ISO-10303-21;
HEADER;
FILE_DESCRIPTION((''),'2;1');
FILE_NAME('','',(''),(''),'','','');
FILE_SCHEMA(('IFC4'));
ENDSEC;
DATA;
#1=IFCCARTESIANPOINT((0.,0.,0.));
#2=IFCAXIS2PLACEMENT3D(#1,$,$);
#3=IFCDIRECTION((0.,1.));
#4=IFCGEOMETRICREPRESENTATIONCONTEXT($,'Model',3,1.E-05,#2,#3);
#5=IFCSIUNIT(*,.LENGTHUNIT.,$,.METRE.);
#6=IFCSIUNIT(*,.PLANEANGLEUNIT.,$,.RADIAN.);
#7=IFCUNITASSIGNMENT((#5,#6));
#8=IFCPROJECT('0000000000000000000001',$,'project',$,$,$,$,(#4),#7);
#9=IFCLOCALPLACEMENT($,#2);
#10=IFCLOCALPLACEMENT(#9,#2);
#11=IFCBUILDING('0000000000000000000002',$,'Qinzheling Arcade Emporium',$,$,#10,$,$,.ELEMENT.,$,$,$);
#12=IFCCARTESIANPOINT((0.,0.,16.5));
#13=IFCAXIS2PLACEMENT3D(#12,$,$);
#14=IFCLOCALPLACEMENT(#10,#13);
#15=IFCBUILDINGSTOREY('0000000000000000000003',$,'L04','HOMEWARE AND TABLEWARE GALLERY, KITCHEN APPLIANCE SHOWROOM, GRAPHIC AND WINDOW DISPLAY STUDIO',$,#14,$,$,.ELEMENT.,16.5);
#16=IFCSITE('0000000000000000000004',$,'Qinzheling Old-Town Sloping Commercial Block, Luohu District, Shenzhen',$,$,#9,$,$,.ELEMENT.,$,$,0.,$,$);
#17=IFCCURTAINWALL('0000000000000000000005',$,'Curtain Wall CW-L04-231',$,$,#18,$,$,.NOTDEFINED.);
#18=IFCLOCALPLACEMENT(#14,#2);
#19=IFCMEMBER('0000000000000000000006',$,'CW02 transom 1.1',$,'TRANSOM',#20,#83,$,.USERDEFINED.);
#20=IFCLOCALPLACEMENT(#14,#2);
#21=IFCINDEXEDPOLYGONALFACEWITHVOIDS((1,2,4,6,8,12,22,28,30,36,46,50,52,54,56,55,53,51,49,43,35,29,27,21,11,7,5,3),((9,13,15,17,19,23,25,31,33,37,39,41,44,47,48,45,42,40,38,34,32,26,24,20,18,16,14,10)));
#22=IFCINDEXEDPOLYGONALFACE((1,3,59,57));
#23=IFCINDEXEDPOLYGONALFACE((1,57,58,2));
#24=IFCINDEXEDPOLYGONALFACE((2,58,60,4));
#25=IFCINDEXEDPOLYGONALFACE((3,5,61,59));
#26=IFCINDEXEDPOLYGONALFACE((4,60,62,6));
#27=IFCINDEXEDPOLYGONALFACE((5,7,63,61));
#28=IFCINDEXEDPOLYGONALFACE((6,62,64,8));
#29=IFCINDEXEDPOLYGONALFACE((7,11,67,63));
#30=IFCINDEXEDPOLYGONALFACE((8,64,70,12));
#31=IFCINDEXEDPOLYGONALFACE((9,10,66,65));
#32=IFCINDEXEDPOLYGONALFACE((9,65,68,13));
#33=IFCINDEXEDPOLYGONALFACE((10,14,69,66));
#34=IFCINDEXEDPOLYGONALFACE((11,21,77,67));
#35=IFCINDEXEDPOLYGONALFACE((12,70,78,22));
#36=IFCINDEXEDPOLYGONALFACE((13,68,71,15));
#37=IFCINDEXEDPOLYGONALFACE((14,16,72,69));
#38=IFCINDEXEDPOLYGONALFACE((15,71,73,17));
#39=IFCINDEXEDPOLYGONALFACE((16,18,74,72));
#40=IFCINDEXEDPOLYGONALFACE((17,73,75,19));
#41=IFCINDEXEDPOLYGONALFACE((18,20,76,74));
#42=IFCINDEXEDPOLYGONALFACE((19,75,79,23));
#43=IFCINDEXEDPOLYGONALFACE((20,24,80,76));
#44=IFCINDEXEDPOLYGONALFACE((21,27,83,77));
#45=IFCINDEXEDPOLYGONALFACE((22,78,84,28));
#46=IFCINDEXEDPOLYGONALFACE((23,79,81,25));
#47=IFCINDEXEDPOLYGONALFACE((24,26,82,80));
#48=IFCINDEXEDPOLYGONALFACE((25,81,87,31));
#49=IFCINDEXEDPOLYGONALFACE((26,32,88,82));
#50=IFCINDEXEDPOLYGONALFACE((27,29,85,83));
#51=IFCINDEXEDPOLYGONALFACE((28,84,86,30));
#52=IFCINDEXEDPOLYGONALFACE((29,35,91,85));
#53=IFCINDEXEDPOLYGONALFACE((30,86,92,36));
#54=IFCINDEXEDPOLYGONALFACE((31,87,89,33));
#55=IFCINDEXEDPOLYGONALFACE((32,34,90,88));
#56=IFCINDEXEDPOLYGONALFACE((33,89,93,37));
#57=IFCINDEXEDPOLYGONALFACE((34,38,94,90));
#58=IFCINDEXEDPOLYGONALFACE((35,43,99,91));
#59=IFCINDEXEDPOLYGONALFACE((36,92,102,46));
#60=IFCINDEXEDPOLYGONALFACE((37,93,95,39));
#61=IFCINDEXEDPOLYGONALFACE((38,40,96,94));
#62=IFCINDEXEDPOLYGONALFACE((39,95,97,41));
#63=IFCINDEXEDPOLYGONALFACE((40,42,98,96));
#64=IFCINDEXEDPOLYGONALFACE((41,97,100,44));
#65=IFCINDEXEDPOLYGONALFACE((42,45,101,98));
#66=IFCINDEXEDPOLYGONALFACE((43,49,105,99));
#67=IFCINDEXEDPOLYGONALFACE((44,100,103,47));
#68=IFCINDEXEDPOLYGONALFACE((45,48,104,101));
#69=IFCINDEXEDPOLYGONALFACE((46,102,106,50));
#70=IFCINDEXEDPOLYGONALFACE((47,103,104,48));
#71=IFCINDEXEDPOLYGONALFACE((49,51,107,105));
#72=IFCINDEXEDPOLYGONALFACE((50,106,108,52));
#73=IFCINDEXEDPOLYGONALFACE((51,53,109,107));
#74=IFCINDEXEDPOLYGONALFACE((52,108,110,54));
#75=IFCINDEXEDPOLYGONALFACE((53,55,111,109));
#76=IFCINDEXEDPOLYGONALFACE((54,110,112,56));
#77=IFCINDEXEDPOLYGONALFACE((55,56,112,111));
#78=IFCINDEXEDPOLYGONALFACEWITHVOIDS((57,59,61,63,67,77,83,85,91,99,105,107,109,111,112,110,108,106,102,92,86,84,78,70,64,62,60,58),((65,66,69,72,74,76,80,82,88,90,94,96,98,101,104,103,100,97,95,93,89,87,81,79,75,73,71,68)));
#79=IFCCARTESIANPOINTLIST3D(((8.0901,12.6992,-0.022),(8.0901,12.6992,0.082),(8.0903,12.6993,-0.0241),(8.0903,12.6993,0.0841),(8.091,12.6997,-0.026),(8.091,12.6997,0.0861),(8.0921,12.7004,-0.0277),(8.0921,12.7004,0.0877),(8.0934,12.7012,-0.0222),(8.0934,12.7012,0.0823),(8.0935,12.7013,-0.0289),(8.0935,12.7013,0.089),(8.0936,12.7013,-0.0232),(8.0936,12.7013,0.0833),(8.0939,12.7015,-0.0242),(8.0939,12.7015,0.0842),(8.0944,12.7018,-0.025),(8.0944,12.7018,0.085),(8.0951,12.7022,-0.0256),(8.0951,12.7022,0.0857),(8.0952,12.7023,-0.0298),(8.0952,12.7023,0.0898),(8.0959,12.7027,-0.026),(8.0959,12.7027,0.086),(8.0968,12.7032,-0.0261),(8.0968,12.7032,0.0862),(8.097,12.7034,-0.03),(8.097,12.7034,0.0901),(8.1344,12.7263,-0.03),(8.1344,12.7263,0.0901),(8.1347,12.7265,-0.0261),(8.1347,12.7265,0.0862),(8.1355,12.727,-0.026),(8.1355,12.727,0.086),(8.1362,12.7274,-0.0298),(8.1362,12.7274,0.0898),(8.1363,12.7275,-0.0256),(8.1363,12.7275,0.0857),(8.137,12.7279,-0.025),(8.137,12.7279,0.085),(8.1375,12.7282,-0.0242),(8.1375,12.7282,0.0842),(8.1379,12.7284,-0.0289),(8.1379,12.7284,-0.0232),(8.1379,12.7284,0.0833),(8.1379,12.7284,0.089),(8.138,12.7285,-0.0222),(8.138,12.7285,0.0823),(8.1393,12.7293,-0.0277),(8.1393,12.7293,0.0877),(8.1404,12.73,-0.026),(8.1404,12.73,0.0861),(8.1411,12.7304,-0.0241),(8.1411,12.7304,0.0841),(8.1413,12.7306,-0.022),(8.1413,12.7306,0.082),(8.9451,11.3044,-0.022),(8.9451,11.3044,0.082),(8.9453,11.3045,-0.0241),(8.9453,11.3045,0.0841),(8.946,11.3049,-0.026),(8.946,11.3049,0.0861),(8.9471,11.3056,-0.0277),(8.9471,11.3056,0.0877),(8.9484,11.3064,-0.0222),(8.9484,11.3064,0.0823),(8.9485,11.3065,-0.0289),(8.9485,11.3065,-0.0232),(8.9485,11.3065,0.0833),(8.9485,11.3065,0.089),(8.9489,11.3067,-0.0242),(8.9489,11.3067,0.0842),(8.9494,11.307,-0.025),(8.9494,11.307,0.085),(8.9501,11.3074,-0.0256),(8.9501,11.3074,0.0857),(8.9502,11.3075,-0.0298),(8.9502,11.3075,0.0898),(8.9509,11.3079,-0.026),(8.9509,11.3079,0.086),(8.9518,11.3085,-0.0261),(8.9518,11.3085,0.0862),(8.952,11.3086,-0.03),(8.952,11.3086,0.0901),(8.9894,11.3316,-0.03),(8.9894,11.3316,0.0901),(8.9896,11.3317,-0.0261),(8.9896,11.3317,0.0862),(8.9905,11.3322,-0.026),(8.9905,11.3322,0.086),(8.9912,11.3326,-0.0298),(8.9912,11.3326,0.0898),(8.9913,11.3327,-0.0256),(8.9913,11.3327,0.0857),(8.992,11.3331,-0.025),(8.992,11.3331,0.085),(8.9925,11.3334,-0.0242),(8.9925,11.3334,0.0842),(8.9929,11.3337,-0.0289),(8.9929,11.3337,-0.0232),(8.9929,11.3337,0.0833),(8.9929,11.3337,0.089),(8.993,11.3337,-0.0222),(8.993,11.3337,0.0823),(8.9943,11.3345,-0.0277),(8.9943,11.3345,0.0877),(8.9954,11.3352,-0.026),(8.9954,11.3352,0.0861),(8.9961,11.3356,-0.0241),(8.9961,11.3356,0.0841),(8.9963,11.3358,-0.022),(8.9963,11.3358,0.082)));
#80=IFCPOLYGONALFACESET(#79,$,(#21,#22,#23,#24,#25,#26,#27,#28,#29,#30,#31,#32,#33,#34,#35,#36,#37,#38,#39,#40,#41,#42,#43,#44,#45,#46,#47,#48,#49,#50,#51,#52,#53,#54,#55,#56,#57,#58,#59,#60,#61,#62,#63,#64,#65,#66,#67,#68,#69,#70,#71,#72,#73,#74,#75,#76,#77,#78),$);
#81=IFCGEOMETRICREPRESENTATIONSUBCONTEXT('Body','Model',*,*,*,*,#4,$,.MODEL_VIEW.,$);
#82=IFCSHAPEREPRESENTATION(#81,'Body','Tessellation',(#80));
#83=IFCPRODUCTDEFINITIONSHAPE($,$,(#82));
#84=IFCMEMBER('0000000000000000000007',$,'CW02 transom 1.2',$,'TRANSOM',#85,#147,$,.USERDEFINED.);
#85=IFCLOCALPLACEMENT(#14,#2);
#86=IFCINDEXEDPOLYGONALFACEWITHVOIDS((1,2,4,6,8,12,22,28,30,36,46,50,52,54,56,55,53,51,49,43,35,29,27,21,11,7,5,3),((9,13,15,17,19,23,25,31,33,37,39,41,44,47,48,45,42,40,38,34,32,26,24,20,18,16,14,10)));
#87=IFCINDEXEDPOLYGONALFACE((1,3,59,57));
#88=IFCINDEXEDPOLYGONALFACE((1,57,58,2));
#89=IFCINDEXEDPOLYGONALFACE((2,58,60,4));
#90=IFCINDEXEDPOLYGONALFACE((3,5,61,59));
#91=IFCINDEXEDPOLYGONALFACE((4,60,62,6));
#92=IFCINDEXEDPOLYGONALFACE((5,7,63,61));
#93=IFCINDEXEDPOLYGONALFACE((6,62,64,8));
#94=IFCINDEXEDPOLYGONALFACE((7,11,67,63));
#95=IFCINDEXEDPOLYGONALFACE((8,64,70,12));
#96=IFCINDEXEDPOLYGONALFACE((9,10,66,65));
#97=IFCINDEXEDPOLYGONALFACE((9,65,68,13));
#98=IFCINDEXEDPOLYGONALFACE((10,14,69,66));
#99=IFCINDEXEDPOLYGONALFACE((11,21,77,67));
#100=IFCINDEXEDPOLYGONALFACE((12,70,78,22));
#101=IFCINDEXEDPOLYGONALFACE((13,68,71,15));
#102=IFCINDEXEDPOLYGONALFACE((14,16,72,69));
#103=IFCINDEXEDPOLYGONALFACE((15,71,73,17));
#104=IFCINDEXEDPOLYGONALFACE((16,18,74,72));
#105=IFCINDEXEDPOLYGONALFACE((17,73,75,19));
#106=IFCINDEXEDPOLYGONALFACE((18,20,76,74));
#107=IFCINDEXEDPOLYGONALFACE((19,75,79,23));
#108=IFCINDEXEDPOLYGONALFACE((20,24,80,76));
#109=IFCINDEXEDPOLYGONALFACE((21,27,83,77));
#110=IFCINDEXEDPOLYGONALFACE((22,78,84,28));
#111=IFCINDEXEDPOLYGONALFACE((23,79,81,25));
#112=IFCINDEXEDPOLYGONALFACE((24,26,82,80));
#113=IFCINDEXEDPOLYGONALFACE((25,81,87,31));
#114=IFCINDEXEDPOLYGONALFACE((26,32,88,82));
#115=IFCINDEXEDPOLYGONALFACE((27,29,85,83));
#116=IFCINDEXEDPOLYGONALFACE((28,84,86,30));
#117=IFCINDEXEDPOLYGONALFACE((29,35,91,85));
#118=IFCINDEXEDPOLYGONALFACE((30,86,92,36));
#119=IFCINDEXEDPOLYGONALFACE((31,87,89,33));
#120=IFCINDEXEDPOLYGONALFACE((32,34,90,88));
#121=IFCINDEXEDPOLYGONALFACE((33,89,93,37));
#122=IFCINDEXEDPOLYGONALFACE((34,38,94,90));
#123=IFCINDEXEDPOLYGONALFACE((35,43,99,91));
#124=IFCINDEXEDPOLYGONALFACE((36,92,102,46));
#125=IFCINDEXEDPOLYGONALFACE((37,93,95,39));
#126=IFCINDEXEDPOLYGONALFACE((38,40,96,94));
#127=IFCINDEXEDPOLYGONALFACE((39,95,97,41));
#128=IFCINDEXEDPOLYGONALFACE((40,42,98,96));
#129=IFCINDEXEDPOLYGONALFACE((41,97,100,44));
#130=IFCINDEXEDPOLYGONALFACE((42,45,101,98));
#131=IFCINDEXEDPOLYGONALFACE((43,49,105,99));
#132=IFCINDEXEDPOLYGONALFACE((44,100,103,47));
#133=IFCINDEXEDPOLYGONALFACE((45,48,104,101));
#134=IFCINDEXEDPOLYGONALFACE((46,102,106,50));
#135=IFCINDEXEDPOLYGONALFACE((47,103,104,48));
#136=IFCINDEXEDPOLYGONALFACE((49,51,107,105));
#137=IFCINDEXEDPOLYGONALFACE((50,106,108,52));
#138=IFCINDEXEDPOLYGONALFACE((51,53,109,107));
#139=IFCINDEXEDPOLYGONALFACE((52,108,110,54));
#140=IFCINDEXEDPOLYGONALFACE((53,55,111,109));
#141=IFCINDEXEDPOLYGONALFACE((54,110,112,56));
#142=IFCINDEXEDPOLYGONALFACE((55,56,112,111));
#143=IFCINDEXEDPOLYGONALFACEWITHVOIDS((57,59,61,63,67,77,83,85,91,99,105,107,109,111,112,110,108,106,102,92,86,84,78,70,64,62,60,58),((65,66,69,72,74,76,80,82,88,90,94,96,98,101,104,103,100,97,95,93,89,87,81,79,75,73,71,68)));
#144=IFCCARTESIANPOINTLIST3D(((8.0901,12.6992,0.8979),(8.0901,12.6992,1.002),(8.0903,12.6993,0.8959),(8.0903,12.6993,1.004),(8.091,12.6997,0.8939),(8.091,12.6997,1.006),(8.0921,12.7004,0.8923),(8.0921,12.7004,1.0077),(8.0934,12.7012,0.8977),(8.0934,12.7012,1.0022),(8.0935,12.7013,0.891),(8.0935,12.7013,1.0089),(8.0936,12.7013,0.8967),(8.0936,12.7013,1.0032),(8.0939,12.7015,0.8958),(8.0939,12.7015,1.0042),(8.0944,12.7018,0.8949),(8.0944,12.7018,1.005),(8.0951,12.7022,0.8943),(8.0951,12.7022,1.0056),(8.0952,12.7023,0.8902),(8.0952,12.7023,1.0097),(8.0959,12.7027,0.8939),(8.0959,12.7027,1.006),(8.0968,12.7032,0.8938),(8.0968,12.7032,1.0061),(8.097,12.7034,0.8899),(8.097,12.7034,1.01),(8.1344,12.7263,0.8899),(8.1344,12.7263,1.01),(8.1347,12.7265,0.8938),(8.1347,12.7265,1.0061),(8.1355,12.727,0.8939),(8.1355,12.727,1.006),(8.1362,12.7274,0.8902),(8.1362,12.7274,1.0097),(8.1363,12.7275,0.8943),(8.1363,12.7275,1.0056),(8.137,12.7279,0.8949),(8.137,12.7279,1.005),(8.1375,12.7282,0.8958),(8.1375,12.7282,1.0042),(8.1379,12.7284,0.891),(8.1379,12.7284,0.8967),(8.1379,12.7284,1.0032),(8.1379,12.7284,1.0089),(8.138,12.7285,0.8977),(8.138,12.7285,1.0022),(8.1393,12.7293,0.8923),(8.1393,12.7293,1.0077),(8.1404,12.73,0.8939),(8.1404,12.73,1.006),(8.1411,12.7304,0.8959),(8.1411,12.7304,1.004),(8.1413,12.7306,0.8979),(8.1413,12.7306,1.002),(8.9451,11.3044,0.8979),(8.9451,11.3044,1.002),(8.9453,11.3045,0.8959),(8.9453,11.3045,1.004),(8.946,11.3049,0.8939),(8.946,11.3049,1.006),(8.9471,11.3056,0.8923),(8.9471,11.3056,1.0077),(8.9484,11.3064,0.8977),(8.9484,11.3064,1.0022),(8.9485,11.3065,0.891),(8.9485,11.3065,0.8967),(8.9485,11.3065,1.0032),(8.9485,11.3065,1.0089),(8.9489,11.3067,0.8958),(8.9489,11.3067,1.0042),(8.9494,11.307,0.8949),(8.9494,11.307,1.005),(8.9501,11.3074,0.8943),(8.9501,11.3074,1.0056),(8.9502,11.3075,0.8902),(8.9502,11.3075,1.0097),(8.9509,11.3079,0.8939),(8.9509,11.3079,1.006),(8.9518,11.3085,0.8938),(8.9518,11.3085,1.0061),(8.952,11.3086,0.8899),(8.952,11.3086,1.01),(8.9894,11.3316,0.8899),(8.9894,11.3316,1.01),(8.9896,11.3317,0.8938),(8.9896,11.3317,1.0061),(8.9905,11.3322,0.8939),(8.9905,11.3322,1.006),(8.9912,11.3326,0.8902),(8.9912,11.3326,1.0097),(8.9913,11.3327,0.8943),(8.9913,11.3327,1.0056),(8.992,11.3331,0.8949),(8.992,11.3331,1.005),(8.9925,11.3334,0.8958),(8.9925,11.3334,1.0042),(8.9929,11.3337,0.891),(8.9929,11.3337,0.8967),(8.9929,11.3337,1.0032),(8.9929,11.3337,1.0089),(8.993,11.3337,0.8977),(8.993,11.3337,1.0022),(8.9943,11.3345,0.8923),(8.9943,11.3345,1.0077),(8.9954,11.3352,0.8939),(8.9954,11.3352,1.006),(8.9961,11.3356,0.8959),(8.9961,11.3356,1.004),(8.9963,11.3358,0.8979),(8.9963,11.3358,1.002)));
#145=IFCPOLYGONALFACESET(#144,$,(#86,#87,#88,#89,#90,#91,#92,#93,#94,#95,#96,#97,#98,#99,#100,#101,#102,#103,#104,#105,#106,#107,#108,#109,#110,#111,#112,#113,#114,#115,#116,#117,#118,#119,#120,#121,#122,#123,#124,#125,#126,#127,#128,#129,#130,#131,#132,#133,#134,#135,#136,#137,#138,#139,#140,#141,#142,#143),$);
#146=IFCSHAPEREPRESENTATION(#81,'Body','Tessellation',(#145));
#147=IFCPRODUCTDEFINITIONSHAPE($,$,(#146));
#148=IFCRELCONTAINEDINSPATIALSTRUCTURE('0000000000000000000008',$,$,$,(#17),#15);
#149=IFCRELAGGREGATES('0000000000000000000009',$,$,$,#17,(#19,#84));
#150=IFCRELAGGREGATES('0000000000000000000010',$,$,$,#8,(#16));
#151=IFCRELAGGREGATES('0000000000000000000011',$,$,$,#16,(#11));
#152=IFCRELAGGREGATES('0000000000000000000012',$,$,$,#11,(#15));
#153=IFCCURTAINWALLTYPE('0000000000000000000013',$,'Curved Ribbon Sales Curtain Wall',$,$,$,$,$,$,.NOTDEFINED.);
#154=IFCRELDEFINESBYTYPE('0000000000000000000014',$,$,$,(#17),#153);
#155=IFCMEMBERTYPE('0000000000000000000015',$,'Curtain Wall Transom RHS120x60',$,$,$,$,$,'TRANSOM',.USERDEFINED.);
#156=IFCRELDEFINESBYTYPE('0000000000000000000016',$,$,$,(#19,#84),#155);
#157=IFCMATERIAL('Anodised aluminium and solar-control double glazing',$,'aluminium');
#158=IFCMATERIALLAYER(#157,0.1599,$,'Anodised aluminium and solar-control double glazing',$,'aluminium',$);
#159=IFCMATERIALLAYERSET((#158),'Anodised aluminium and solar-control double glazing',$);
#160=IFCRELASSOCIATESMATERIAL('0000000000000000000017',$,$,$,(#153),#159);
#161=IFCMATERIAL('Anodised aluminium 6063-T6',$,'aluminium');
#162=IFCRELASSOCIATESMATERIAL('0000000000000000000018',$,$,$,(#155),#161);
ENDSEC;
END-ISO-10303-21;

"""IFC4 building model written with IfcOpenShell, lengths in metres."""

from ifc_helpers import new_model, si_unit, direction, frame, origin, origin_2d, place, context, subcontext, project, spatial, hollow_rectangle, extrude, material, layer, layer_set, material_profile, profile_set, type_object, element, aggregate, save


model = new_model("IFC4")

# Units and contexts
model_context = context("Model", 3, precision=1e-05, world=origin(), true_north=direction((0.0, 1.0)))
body_context = subcontext(model_context, "Body", "Model", "MODEL_VIEW")
ifc_project = project(units=[si_unit("LENGTHUNIT", "METRE"), si_unit("PLANEANGLEUNIT", "RADIAN")], contexts=[model_context])

# Site, building, storey
site_placement = place(None, origin())
site = spatial("IfcSite", under=ifc_project, at=site_placement, Name="Qinzheling Old-Town Sloping Commercial Block, Luohu District, Shenzhen", CompositionType="ELEMENT", RefElevation=0.0)
building_placement = place(site_placement, origin())
building = spatial("IfcBuilding", under=site, at=building_placement, Name="Qinzheling Arcade Emporium", CompositionType="ELEMENT")
storey_placement = place(building_placement, frame((0.0, 0.0, 16.5)))
storey = spatial("IfcBuildingStorey", under=building, at=storey_placement, Name="L04", Description="HOMEWARE AND TABLEWARE GALLERY, KITCHEN APPLIANCE SHOWROOM, GRAPHIC AND WINDOW DISPLAY STUDIO", CompositionType="ELEMENT", Elevation=16.5)

# Shared definitions
ifc_material_1 = material(Name="Anodised aluminium and solar-control double glazing", Category="aluminium")
ifc_layer_1 = layer(ifc_material_1, 0.1599, Name="Anodised aluminium and solar-control double glazing", Category="aluminium")
ifc_layer_set_1 = layer_set([ifc_layer_1], Name="Anodised aluminium and solar-control double glazing")
curtain_wall_type = type_object("IfcCurtainWallType", Name="Curved Ribbon Sales Curtain Wall", PredefinedType="NOTDEFINED", material=ifc_layer_set_1)
ifc_material_2 = material(Name="Anodised aluminium 6063-T6", Category="aluminium")

# Curtain wall
curtain_wall_1_placement = place(storey_placement, origin())
curtain_wall_1 = element("IfcCurtainWall", 1, at=curtain_wall_1_placement, inside=storey, type_object=curtain_wall_type, Name="Curtain Wall CW-L04-231", PredefinedType="NOTDEFINED")

# Members
ifc_material_profile_1 = material_profile(ifc_material_2, hollow_rectangle(XDim=0.0601, YDim=0.1201, WallThickness=0.0039, InnerFilletRadius=0.0039, OuterFilletRadius=0.0081, at=origin_2d()), Name="RHS 120x60x4", Category="aluminium")
ifc_profile_set_1 = profile_set([ifc_material_profile_1], Name="Anodised aluminium 6063-T6")
member_type_1 = type_object("IfcMemberType", Name="Curtain Wall Transom RHS120x60", ElementType="TRANSOM", PredefinedType="USERDEFINED", material=ifc_profile_set_1)
member_1_placement = place(storey_placement, frame((8.9707, 11.3201, 0.03), z_axis=(-0.522615, 0.852569, 0.0), x_axis=(-0.852569, -0.522615, 0.0)))
member_1 = element("IfcMember", 2, at=member_1_placement, type_object=member_type_1, Name="CW02 transom 1.1", ObjectType="TRANSOM", PredefinedType="USERDEFINED", context=body_context, shape_type="SweptSolid", body=[
    extrude(hollow_rectangle(XDim=0.0601, YDim=0.1201, WallThickness=0.0039, InnerFilletRadius=0.0039, OuterFilletRadius=0.0081, at=origin_2d()), origin(), (0.0, 0.0, 1.0), 1.636),
])
member_2_placement = place(storey_placement, frame((8.9707, 11.3201, 0.95), z_axis=(-0.522615, 0.852569, 0.0), x_axis=(-0.852569, -0.522615, 0.0)))
member_2 = element("IfcMember", 3, at=member_2_placement, type_object=member_type_1, Name="CW02 transom 1.2", ObjectType="TRANSOM", PredefinedType="USERDEFINED", context=body_context, shape_type="SweptSolid", body=[
    extrude(hollow_rectangle(XDim=0.0601, YDim=0.1201, WallThickness=0.0039, InnerFilletRadius=0.0039, OuterFilletRadius=0.0081, at=origin_2d()), origin(), (0.0, 0.0, 1.0), 1.636),
])
aggregate(curtain_wall_1, [member_1, member_2])

save(model, "model.ifc")
